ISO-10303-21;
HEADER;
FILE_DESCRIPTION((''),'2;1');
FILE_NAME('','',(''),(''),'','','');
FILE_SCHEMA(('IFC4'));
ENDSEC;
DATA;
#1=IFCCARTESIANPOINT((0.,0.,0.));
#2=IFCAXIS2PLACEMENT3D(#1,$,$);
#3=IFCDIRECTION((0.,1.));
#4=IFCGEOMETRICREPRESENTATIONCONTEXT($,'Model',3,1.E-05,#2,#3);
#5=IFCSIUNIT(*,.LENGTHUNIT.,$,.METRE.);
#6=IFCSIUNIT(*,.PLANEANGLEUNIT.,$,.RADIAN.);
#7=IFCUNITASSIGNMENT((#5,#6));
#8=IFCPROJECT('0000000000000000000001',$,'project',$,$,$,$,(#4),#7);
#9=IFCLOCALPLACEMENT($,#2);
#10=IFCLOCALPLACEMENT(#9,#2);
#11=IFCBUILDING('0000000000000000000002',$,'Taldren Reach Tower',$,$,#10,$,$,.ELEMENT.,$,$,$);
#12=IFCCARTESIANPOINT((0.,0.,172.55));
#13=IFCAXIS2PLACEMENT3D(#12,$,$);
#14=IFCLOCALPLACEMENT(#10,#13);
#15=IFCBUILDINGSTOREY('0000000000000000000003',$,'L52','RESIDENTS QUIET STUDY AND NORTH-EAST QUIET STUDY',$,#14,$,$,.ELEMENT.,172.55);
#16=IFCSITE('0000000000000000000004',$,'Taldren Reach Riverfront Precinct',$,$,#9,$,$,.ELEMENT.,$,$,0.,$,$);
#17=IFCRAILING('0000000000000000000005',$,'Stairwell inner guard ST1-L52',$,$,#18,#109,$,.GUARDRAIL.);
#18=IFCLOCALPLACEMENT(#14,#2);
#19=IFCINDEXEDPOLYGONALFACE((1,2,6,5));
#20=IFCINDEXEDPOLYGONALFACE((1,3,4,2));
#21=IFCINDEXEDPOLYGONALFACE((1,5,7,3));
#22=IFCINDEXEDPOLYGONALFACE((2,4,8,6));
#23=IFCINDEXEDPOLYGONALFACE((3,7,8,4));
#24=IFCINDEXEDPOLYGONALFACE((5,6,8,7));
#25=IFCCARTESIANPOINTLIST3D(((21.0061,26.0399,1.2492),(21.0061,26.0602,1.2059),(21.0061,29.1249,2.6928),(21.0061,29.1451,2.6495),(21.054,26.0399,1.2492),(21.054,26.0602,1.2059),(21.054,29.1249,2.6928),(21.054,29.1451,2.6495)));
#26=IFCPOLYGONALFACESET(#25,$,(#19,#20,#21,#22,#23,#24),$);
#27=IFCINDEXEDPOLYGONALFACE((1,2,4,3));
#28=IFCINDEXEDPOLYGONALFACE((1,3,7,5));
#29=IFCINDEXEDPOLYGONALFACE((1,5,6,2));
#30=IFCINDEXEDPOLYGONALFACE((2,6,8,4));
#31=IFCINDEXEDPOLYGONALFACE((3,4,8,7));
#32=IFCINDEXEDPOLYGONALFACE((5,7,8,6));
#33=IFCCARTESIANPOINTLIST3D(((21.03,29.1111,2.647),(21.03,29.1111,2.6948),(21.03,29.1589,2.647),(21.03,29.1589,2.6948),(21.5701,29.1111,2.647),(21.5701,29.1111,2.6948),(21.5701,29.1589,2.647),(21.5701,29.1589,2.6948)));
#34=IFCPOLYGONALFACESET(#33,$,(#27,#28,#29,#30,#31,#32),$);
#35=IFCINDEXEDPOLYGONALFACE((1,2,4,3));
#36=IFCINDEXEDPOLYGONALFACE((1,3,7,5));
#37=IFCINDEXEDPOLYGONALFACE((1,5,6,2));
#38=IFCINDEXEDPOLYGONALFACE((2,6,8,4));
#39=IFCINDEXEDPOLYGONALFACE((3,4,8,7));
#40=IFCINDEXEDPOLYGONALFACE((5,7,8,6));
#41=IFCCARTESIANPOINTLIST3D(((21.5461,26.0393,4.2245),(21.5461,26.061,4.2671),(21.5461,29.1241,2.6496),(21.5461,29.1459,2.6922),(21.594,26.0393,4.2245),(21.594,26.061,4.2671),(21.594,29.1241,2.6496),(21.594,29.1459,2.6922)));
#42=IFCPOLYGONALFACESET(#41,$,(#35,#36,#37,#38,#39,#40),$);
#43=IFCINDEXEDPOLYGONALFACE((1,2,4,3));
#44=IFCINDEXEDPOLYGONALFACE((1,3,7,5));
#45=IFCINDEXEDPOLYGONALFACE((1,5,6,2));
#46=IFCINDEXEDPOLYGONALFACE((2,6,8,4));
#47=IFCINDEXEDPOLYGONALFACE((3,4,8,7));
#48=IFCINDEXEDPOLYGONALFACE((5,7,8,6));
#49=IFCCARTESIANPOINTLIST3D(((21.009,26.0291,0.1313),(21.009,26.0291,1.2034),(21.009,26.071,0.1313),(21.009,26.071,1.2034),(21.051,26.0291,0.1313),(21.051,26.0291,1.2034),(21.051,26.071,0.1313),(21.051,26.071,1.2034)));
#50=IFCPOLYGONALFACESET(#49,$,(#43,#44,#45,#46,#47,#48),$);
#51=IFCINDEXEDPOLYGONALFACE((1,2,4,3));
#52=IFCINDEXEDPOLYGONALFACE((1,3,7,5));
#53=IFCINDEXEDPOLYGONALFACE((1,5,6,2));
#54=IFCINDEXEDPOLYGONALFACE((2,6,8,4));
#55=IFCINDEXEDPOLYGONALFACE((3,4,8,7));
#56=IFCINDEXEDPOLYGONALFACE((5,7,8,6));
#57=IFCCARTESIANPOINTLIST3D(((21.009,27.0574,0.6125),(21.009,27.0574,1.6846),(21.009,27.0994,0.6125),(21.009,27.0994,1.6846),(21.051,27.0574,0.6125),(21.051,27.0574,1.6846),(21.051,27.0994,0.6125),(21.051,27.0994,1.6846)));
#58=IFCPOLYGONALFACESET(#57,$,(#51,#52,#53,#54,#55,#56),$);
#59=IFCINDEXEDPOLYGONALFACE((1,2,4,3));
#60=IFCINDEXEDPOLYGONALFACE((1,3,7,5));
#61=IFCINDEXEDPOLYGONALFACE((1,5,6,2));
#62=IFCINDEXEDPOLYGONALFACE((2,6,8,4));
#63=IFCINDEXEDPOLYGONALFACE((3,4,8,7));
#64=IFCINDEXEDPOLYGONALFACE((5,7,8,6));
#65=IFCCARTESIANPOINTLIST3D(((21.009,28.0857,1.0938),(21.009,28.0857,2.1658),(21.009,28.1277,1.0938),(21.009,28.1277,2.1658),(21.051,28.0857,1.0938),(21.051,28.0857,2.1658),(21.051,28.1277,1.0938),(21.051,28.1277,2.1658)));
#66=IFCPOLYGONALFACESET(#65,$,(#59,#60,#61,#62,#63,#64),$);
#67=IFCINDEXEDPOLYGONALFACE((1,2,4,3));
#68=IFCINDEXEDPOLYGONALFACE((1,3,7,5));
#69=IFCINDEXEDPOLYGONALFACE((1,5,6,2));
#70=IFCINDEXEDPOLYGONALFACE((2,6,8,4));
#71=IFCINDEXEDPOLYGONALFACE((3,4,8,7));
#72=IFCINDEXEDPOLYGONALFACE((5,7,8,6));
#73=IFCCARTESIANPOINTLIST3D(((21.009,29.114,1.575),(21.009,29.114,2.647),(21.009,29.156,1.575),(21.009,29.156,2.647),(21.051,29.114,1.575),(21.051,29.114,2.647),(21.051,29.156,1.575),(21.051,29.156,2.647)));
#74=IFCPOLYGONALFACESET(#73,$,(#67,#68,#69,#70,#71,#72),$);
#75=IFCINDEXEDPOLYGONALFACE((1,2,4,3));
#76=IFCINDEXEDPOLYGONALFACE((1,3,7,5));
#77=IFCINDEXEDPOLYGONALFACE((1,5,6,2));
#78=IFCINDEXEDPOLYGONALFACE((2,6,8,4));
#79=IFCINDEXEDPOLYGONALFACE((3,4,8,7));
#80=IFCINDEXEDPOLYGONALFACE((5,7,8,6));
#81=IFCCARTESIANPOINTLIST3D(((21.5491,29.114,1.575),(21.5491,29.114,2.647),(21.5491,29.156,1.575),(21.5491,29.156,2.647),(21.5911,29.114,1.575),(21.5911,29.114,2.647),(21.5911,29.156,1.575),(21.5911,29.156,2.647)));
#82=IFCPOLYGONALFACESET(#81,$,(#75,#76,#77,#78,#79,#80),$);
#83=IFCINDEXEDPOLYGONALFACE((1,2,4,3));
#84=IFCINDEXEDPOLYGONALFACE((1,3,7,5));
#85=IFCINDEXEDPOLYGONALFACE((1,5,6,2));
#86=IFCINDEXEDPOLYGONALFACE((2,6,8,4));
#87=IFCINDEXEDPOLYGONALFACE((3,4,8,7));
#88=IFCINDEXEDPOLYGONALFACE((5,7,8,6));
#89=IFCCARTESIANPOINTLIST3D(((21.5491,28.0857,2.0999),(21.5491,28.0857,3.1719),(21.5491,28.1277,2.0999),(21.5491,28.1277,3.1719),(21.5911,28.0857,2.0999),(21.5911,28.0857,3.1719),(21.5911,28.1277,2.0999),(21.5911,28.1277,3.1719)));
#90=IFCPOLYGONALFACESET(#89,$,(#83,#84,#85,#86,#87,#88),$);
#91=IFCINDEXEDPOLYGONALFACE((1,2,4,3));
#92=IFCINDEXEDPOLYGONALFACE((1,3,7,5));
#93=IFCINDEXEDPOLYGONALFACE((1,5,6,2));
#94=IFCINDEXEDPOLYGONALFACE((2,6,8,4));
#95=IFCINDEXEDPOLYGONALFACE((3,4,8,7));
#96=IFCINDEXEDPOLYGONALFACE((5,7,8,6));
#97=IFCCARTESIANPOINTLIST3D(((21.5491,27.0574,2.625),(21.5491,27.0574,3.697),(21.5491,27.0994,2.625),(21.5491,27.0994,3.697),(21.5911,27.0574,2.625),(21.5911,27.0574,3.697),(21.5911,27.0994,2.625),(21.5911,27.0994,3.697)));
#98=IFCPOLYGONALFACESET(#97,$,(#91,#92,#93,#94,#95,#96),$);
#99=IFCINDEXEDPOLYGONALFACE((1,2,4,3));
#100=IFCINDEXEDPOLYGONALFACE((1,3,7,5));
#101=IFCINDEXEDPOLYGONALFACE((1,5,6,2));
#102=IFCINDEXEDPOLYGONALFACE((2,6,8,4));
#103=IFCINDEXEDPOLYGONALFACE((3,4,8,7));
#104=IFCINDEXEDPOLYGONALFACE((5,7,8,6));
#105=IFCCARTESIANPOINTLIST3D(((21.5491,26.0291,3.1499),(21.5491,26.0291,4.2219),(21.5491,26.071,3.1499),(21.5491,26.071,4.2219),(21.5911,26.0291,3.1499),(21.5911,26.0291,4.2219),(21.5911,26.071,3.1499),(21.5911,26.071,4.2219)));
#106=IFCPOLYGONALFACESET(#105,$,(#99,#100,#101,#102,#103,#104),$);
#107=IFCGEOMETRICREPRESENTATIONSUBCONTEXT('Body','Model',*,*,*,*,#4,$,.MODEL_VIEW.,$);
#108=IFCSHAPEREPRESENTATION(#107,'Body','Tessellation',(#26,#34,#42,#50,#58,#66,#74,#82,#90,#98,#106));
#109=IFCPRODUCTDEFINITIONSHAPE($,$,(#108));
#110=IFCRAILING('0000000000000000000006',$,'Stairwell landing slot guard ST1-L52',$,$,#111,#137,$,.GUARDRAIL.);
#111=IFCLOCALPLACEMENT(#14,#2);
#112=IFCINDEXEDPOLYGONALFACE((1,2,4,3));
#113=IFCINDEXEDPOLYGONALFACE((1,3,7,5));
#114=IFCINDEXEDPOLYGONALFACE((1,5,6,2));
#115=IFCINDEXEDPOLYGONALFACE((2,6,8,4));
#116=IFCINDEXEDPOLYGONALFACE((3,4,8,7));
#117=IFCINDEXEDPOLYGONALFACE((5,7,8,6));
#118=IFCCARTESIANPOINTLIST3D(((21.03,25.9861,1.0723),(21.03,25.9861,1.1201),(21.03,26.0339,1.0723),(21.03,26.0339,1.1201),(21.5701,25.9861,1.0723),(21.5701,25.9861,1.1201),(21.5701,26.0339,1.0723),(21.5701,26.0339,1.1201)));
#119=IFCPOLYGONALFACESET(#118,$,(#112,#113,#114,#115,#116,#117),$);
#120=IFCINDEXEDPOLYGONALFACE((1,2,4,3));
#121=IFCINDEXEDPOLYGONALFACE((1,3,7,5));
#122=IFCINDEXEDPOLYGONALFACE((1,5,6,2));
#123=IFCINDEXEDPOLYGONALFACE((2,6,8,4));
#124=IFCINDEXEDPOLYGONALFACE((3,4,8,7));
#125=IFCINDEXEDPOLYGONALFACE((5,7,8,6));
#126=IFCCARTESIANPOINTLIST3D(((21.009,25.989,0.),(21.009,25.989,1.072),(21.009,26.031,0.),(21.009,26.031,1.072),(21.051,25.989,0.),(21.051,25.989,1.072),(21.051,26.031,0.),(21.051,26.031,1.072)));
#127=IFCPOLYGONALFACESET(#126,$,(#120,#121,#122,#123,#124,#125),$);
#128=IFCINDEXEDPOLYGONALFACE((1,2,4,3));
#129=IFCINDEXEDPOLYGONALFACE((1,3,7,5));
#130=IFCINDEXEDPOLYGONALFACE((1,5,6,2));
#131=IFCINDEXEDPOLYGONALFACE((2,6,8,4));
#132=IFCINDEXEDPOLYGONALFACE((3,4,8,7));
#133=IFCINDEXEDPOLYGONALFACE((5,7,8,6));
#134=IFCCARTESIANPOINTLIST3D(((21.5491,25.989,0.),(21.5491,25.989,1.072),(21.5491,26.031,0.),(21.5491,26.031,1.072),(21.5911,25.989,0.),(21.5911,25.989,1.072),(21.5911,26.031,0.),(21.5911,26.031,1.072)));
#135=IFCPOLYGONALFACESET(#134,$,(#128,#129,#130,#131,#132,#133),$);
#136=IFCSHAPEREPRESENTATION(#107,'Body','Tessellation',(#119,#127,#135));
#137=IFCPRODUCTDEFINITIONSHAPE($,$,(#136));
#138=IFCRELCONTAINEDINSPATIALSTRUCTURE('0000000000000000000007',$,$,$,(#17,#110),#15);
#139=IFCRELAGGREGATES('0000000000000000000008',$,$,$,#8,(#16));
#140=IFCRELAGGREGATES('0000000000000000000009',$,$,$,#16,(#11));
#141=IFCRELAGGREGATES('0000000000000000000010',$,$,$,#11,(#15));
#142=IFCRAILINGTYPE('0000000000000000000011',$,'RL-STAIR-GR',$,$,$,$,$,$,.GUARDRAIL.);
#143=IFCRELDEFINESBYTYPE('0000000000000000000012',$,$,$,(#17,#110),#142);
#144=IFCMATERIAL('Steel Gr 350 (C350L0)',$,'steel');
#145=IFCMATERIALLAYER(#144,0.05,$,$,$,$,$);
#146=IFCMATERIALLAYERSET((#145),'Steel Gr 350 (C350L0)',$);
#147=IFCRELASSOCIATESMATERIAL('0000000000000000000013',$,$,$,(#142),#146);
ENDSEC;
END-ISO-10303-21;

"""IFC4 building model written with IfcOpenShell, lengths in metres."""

from ifc_helpers import new_model, si_unit, direction, frame, origin, origin_2d, place, context, subcontext, project, spatial, rectangle, extrude, material, layer, layer_set, type_object, element, save


model = new_model("IFC4")

# Units and contexts
model_context = context("Model", 3, precision=1e-05, world=origin(), true_north=direction((0.0, 1.0)))
body_context = subcontext(model_context, "Body", "Model", "MODEL_VIEW")
ifc_project = project(units=[si_unit("LENGTHUNIT", "METRE"), si_unit("PLANEANGLEUNIT", "RADIAN")], contexts=[model_context])

# Site, building, storey
site_placement = place(None, origin())
site = spatial("IfcSite", under=ifc_project, at=site_placement, Name="Taldren Reach Riverfront Precinct", CompositionType="ELEMENT", RefElevation=0.0)
building_placement = place(site_placement, origin())
building = spatial("IfcBuilding", under=site, at=building_placement, Name="Taldren Reach Tower", CompositionType="ELEMENT")
storey_placement = place(building_placement, frame((0.0, 0.0, 172.55)))
storey = spatial("IfcBuildingStorey", under=building, at=storey_placement, Name="L52", Description="RESIDENTS QUIET STUDY AND NORTH-EAST QUIET STUDY", CompositionType="ELEMENT", Elevation=172.55)

# Shared definitions
ifc_material_1 = material(Name="Steel Gr 350 (C350L0)", Category="steel")

# Railings
ifc_layer_1 = layer(ifc_material_1, 0.05)
ifc_layer_set_1 = layer_set([ifc_layer_1], Name="Steel Gr 350 (C350L0)")
railing_type_1 = type_object("IfcRailingType", Name="RL-STAIR-GR", PredefinedType="GUARDRAIL", material=ifc_layer_set_1)
railing_1_placement = place(storey_placement, frame((21.03, 26.05, 0.1313)))
element("IfcRailing", 1, at=railing_1_placement, inside=storey, type_object=railing_type_1, Name="Stairwell inner guard ST1-L52", PredefinedType="GUARDRAIL", context=body_context, shape_type="SweptSolid", body=[
    extrude(rectangle(XDim=0.0479, YDim=0.0479, at=origin_2d()), frame((0.0, 0.0, 1.0962), z_axis=(0.0, 0.905738, 0.423839), x_axis=(-1.0, 0.0, 0.0)), (0.0, 0.0, 1.0), 3.406),
    extrude(rectangle(XDim=0.0479, YDim=0.0479, at=origin_2d()), frame((0.0, 3.085, 2.5396), z_axis=(1.0, 0.0, 0.0), x_axis=(0.0, 1.0, 0.0)), (0.0, 0.0, 1.0), 0.54),
    extrude(rectangle(XDim=0.0479, YDim=0.0479, at=origin_2d()), frame((0.54, 3.085, 2.5396), z_axis=(0.0, -0.890646, 0.454697), x_axis=(1.0, 0.0, 0.0)), (0.0, 0.0, 1.0), 3.4636),
    extrude(rectangle(XDim=0.042, YDim=0.042, at=origin_2d()), origin(), (0.0, 0.0, 1.0), 1.072),
    extrude(rectangle(XDim=0.042, YDim=0.042, at=origin_2d()), frame((0.0, 1.0283, 0.4812)), (0.0, 0.0, 1.0), 1.072),
    extrude(rectangle(XDim=0.042, YDim=0.042, at=origin_2d()), frame((0.0, 2.0566, 0.9624)), (0.0, 0.0, 1.0), 1.072),
    extrude(rectangle(XDim=0.042, YDim=0.042, at=origin_2d()), frame((0.0, 3.085, 1.4436)), (0.0, 0.0, 1.0), 1.072),
    extrude(rectangle(XDim=0.042, YDim=0.042, at=origin_2d()), frame((0.54, 3.085, 1.4436)), (0.0, 0.0, 1.0), 1.072),
    extrude(rectangle(XDim=0.042, YDim=0.042, at=origin_2d()), frame((0.54, 2.0566, 1.9685)), (0.0, 0.0, 1.0), 1.072),
    extrude(rectangle(XDim=0.042, YDim=0.042, at=origin_2d()), frame((0.54, 1.0283, 2.4937)), (0.0, 0.0, 1.0), 1.072),
    extrude(rectangle(XDim=0.042, YDim=0.042, at=origin_2d()), frame((0.54, 0.0, 3.0186)), (0.0, 0.0, 1.0), 1.072),
])
railing_2_placement = place(storey_placement, frame((21.03, 26.01, 0.0)))
element("IfcRailing", 2, at=railing_2_placement, inside=storey, type_object=railing_type_1, Name="Stairwell landing slot guard ST1-L52", PredefinedType="GUARDRAIL", context=body_context, shape_type="SweptSolid", body=[
    extrude(rectangle(XDim=0.0479, YDim=0.0479, at=origin_2d()), frame((0.0, 0.0, 1.0962), z_axis=(1.0, 0.0, 0.0), x_axis=(0.0, 1.0, 0.0)), (0.0, 0.0, 1.0), 0.54),
    extrude(rectangle(XDim=0.042, YDim=0.042, at=origin_2d()), origin(), (0.0, 0.0, 1.0), 1.072),
    extrude(rectangle(XDim=0.042, YDim=0.042, at=origin_2d()), frame((0.54, 0.0, 0.0)), (0.0, 0.0, 1.0), 1.072),
])

save(model, "model.ifc")
